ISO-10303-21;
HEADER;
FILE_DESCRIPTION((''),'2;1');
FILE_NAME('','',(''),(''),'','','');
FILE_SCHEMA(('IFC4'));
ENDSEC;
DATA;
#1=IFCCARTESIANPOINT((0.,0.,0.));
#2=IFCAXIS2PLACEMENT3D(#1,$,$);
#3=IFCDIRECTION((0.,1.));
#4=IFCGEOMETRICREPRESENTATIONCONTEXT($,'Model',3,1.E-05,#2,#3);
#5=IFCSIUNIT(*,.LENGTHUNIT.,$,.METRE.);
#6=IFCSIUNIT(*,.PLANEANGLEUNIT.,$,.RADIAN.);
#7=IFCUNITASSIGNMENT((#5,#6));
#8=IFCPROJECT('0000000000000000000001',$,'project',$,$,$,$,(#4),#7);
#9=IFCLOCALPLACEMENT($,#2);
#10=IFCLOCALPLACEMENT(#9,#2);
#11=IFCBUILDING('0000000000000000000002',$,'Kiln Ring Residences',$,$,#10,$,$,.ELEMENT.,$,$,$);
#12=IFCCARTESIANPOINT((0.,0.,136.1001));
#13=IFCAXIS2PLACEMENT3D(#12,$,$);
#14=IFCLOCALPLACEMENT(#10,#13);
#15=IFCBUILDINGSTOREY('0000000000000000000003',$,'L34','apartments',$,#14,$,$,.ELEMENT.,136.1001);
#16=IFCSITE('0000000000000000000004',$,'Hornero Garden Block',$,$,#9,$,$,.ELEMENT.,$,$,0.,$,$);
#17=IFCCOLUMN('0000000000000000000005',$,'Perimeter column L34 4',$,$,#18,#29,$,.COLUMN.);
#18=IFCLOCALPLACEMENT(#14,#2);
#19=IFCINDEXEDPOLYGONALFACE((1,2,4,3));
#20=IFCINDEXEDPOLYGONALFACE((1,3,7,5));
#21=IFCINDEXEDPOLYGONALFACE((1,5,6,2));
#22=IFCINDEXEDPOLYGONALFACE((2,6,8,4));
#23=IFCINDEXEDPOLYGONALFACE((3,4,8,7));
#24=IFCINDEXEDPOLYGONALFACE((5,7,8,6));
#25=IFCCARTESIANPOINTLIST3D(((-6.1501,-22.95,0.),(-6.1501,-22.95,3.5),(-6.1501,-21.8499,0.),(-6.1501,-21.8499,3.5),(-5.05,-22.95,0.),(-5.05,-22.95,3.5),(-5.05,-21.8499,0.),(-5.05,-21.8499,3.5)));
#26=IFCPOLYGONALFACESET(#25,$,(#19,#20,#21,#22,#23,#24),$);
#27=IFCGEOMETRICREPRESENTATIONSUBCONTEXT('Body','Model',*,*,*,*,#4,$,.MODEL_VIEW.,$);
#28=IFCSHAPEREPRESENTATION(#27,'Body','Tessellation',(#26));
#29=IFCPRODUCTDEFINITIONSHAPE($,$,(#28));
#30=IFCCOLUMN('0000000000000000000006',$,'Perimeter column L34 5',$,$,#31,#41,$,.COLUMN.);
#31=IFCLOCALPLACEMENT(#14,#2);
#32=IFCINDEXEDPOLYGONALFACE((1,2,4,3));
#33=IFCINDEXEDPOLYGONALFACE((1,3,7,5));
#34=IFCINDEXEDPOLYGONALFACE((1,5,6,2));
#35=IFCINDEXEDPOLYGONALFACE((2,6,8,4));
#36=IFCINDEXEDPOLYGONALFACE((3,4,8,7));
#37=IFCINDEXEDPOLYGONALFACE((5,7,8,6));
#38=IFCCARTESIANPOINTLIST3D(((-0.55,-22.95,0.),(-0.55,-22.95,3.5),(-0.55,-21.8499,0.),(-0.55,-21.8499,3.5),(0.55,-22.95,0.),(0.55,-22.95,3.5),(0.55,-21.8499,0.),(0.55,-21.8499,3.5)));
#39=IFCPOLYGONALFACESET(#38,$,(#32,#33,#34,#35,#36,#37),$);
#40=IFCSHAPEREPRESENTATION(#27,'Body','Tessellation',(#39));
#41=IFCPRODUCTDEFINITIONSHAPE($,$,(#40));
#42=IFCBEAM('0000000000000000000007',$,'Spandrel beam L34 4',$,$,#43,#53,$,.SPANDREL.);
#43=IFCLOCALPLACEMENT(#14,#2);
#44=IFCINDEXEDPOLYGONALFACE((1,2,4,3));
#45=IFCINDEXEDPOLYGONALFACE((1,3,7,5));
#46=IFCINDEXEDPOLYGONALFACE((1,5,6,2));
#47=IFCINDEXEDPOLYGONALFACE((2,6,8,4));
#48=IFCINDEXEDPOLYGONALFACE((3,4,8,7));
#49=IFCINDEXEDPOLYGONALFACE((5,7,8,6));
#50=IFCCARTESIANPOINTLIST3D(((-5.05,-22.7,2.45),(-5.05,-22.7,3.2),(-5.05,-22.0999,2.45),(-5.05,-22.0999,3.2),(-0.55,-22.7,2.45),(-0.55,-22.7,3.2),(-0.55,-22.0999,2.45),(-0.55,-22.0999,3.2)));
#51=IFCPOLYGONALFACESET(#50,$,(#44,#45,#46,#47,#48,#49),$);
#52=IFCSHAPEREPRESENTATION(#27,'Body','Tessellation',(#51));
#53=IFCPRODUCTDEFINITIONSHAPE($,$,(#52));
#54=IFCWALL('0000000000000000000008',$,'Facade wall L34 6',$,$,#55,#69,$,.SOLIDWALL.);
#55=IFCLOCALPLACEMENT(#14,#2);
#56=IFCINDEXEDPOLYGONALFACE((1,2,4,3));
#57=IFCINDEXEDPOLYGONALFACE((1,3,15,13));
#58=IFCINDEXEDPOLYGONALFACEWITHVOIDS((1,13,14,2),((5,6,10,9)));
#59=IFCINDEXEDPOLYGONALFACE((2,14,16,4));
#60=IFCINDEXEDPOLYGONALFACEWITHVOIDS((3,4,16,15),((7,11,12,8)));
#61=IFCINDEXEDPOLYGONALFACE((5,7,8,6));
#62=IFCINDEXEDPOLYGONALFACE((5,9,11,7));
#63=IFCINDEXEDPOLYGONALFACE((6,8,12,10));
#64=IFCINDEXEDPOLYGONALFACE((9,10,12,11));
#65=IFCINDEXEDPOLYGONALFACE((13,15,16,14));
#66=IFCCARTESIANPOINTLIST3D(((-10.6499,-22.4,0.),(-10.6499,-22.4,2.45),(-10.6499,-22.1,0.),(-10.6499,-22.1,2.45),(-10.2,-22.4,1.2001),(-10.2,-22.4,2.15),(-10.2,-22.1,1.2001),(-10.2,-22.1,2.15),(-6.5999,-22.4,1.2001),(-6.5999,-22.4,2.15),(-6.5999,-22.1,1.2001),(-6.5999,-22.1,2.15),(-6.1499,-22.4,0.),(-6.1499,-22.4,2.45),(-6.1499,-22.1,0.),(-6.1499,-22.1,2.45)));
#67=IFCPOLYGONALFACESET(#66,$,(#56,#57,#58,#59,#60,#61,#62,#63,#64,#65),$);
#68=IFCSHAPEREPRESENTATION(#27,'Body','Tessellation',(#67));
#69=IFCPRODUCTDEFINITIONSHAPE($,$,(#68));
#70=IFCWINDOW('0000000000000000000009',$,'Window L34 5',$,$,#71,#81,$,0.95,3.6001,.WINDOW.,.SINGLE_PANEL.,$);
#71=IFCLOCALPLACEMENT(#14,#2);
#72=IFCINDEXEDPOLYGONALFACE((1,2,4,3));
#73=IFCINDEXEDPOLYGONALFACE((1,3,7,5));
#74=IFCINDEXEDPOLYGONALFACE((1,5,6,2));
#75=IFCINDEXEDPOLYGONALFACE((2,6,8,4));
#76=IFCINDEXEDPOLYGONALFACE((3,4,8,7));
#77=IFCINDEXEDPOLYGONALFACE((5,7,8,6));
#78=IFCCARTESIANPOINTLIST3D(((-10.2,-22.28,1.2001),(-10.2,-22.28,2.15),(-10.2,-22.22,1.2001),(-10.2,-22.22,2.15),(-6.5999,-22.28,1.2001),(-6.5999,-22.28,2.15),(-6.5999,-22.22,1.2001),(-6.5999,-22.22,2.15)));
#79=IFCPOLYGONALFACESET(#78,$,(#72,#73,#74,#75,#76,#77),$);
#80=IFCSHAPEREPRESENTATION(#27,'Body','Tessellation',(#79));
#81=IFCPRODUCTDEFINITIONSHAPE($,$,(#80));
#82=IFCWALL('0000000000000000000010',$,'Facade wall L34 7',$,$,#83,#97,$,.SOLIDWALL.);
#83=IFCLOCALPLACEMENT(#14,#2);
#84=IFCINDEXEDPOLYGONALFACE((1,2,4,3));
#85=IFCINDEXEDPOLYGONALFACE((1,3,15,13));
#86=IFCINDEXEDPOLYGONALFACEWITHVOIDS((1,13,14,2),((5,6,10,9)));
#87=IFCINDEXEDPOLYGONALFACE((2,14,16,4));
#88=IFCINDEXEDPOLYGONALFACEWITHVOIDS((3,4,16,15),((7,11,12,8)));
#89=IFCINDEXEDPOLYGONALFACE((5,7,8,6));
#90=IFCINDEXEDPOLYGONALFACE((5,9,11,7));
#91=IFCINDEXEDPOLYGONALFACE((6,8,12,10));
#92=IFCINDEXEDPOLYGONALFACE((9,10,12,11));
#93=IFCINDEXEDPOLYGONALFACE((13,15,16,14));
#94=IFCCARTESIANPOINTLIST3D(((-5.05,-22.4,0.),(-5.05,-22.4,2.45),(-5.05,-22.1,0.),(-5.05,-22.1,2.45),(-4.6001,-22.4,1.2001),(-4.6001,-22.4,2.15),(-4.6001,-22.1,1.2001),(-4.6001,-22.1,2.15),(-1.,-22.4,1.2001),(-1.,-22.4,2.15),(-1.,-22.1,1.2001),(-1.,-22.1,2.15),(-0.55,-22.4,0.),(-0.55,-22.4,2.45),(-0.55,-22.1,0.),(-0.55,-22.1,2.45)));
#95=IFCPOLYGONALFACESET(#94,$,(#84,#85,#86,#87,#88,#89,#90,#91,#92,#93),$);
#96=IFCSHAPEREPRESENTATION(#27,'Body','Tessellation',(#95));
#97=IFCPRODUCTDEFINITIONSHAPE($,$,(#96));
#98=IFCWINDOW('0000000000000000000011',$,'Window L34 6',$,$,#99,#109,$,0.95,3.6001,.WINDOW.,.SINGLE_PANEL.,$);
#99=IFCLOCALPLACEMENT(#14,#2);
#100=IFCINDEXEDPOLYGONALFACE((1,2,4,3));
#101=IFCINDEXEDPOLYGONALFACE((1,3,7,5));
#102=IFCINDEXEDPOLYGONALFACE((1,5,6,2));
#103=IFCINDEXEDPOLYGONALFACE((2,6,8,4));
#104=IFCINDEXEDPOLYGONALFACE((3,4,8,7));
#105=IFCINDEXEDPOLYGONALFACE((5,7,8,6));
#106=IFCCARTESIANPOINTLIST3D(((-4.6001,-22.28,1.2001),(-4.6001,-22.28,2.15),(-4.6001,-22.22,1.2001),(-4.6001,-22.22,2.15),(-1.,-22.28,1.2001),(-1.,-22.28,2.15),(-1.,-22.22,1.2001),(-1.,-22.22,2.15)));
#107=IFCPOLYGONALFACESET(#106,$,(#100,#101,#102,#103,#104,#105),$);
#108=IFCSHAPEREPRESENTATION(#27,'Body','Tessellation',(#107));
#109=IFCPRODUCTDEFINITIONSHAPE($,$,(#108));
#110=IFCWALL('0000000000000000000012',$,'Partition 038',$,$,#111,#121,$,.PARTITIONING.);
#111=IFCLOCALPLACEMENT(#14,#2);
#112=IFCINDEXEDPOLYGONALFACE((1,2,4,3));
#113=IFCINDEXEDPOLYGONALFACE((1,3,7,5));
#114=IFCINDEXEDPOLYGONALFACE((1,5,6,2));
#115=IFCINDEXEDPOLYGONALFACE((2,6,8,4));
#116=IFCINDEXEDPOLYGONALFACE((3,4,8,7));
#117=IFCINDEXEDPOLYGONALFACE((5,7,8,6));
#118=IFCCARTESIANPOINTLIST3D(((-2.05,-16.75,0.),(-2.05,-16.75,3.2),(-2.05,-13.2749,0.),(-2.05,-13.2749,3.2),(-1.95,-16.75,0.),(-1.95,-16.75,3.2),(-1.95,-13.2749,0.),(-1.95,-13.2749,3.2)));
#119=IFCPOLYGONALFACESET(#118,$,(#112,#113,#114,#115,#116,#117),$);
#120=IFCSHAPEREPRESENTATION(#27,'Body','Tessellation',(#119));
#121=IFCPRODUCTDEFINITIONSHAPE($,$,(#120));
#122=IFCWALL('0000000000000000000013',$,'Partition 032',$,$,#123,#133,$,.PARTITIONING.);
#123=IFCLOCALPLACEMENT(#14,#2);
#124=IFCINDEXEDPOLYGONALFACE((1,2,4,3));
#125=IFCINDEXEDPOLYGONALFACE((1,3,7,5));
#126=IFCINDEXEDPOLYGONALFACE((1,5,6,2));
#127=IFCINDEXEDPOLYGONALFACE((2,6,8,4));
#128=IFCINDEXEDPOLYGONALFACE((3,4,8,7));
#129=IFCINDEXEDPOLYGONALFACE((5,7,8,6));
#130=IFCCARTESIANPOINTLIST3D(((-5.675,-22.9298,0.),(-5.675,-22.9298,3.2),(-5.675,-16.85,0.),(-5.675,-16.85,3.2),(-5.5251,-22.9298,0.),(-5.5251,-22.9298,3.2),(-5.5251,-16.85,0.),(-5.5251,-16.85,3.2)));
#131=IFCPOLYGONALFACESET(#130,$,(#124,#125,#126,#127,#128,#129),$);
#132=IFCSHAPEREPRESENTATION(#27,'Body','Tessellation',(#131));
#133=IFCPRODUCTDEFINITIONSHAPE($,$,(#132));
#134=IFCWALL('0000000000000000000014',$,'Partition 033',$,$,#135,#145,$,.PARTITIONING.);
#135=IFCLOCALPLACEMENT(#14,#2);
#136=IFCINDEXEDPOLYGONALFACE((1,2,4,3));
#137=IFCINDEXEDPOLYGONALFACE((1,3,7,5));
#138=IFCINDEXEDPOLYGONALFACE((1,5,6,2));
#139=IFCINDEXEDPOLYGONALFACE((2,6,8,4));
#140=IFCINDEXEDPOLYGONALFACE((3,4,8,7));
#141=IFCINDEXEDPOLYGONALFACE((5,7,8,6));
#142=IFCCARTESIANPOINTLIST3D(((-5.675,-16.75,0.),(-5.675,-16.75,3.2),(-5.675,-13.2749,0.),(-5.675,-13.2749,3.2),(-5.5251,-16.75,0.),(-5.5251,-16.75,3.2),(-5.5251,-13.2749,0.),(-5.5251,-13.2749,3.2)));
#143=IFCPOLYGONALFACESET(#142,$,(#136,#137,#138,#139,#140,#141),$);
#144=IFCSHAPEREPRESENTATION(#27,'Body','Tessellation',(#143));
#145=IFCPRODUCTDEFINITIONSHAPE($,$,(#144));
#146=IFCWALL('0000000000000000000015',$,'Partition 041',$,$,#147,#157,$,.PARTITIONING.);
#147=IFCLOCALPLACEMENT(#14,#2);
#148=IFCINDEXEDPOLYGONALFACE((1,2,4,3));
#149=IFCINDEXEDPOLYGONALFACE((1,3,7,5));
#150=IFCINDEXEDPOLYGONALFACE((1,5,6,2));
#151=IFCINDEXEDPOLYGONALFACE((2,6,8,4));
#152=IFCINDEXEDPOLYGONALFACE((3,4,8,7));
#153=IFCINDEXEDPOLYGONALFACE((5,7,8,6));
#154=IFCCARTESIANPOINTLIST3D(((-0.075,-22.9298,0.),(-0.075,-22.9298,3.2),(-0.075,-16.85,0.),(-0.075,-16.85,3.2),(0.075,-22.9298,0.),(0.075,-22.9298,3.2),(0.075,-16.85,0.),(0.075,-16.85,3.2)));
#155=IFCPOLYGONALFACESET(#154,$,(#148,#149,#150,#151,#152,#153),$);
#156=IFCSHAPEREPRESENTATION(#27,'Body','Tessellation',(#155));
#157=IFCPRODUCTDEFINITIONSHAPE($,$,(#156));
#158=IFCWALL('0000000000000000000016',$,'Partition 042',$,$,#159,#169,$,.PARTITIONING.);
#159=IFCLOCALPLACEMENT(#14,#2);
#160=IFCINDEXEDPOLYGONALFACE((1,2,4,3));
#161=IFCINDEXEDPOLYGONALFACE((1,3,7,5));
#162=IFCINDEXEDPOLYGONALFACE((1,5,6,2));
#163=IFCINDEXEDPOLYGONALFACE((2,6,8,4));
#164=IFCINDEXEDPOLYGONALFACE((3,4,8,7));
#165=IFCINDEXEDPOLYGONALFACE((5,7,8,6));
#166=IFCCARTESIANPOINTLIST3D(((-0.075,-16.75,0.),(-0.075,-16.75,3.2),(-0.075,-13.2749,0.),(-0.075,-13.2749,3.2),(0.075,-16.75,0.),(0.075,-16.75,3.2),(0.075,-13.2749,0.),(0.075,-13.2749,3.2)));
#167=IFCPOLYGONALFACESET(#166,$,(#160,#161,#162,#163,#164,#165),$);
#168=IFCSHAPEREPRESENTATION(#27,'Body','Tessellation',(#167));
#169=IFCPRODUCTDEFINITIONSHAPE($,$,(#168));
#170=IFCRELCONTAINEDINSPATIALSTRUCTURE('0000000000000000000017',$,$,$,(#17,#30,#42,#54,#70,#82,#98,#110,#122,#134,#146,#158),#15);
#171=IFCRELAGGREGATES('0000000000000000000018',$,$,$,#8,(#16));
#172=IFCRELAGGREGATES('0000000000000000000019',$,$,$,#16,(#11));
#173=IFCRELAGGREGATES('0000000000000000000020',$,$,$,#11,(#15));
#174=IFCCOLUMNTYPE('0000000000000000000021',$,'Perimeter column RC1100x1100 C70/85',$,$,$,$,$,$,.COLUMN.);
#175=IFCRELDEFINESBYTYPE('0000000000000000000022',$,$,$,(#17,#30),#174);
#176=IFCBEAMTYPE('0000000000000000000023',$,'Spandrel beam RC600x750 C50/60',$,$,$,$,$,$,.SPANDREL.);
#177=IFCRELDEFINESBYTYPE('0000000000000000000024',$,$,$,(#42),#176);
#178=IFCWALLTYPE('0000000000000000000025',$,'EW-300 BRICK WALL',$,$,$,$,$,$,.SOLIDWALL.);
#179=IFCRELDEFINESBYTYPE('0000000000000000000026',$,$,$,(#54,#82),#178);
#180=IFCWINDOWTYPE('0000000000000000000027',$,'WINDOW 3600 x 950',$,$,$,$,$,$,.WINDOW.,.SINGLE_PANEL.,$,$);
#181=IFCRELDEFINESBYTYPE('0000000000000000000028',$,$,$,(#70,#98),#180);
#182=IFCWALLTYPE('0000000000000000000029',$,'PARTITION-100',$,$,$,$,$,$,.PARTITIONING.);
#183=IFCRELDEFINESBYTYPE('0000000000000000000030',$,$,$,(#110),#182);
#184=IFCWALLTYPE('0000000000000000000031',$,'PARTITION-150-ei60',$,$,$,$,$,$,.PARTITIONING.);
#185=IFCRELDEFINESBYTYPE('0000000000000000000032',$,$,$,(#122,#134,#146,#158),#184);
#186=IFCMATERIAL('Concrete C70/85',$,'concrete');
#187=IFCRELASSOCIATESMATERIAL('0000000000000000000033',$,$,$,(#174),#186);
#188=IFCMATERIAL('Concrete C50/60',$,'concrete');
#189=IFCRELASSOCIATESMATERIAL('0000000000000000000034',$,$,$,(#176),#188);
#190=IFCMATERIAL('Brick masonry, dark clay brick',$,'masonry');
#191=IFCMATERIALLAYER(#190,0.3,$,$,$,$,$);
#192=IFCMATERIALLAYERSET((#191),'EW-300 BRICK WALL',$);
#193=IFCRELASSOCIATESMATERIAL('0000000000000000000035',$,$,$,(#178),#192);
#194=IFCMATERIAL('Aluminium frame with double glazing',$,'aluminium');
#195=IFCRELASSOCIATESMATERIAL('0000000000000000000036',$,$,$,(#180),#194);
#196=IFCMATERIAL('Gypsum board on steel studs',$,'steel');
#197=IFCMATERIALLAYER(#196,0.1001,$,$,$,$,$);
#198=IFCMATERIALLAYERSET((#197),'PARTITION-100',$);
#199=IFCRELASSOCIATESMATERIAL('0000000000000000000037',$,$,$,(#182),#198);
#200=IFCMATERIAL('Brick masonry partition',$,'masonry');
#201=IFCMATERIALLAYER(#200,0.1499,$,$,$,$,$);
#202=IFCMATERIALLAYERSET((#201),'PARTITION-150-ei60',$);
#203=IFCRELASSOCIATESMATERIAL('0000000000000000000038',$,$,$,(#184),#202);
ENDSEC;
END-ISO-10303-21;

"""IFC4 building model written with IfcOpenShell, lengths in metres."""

from ifc_helpers import new_model, si_unit, direction, frame, frame_2d, origin, origin_2d, place, context, subcontext, project, spatial, rectangle, extrude, material, layer, layer_set, material_profile, profile_set, type_object, element, fill, save


model = new_model("IFC4")

# Units and contexts
model_context = context("Model", 3, precision=1e-05, world=origin(), true_north=direction((0.0, 1.0)))
body_context = subcontext(model_context, "Body", "Model", "MODEL_VIEW")
ifc_project = project(units=[si_unit("LENGTHUNIT", "METRE"), si_unit("PLANEANGLEUNIT", "RADIAN")], contexts=[model_context])

# Site, building, storey
site_placement = place(None, origin())
site = spatial("IfcSite", under=ifc_project, at=site_placement, Name="Hornero Garden Block", CompositionType="ELEMENT", RefElevation=0.0)
building_placement = place(site_placement, origin())
building = spatial("IfcBuilding", under=site, at=building_placement, Name="Kiln Ring Residences", CompositionType="ELEMENT")
storey_placement = place(building_placement, frame((0.0, 0.0, 136.1001)))
storey = spatial("IfcBuildingStorey", under=building, at=storey_placement, Name="L34", Description="apartments", CompositionType="ELEMENT", Elevation=136.1001)

# Columns
ifc_material_1 = material(Name="Concrete C70/85", Category="concrete")
ifc_material_profile_1 = material_profile(ifc_material_1, rectangle(XDim=1.1001, YDim=1.1001, at=origin_2d()), Name="RC1100x1100")
ifc_profile_set_1 = profile_set([ifc_material_profile_1], Name="Concrete C70/85")
column_type = type_object("IfcColumnType", Name="Perimeter column RC1100x1100 C70/85", PredefinedType="COLUMN", material=ifc_profile_set_1)
for number, where, z_axis, x_axis, name in (
    (1, (-5.6001, -22.3999, 0.0), (0.0, 0.0, 1.0), (1.0, 0.0, 0.0), "Perimeter column L34 4"),
    (2, (0.0, -22.3999, 0.0), (0.0, 0.0, 1.0), (1.0, 0.0, 0.0), "Perimeter column L34 5"),
):
    element("IfcColumn", number, at=place(storey_placement, frame(where, z_axis=z_axis, x_axis=x_axis)), inside=storey, type_object=column_type, Name=name, PredefinedType="COLUMN", context=body_context, shape_type="SweptSolid", body=[
        extrude(rectangle(XDim=1.1001, YDim=1.1001, at=origin_2d()), origin(), (0.0, 0.0, 1.0), 3.5),
    ])

# Beam
ifc_material_2 = material(Name="Concrete C50/60", Category="concrete")
ifc_material_profile_2 = material_profile(ifc_material_2, rectangle(XDim=0.6001, YDim=0.75, at=origin_2d()), Name="RC600x750")
ifc_profile_set_2 = profile_set([ifc_material_profile_2], Name="Concrete C50/60")
beam_type = type_object("IfcBeamType", Name="Spandrel beam RC600x750 C50/60", PredefinedType="SPANDREL", material=ifc_profile_set_2)
beam_placement = place(storey_placement, frame((-5.05, -22.3999, 2.825), z_axis=(1.0, 0.0, 0.0), x_axis=(0.0, 1.0, 0.0)))
element("IfcBeam", 3, at=beam_placement, inside=storey, type_object=beam_type, Name="Spandrel beam L34 4", PredefinedType="SPANDREL", context=body_context, shape_type="SweptSolid", body=[
    extrude(rectangle(XDim=0.6001, YDim=0.75, at=origin_2d()), origin(), (0.0, 0.0, 1.0), 4.5),
])

# Walls, openings, windows
ifc_material_3 = material(Name="Brick masonry, dark clay brick", Category="masonry")
ifc_layer_1 = layer(ifc_material_3, 0.3)
ifc_layer_set_1 = layer_set([ifc_layer_1], Name="EW-300 BRICK WALL")
wall_type_1 = type_object("IfcWallType", Name="EW-300 BRICK WALL", PredefinedType="SOLIDWALL", material=ifc_layer_set_1)
wall_1_placement = place(storey_placement, frame((-10.6499, -22.25, 0.0), z_axis=(0.0, 0.0, 1.0), x_axis=(1.0, 0.0, 0.0)))
wall_1 = element("IfcWall", 4, at=wall_1_placement, inside=storey, type_object=wall_type_1, Name="Facade wall L34 6", PredefinedType="SOLIDWALL", context=body_context, shape_type="SweptSolid", body=[
    extrude(rectangle(XDim=4.5, YDim=0.3, at=frame_2d((2.25, 0.0))), origin(), (0.0, 0.0, 1.0), 2.45),
])
opening_1_placement = place(wall_1_placement, frame((0.45, 0.0, 1.2)))
opening_1 = element("IfcOpeningElement", 5, at=opening_1_placement, cuts=wall_1, PredefinedType="OPENING", context=body_context, shape_type="SweptSolid", body=[
    extrude(rectangle(XDim=3.6001, YDim=0.95, at=frame_2d((1.8, 0.4751))), frame((0.0, 0.1599, 0.0), z_axis=(0.0, -1.0, 0.0), x_axis=(1.0, 0.0, 0.0)), (0.0, 0.0, 1.0), 0.3201),
])
ifc_material_4 = material(Name="Aluminium frame with double glazing", Category="aluminium")
window_type = type_object("IfcWindowType", Name="WINDOW 3600 x 950", PartitioningType="SINGLE_PANEL", PredefinedType="WINDOW", material=ifc_material_4)
window_1_placement = place(opening_1_placement, origin())
window_1 = element("IfcWindow", 6, at=window_1_placement, inside=storey, type_object=window_type, Name="Window L34 5", OverallHeight=0.95, OverallWidth=3.6001, PartitioningType="SINGLE_PANEL", PredefinedType="WINDOW", context=body_context, shape_type="SweptSolid", body=[
    extrude(rectangle(XDim=3.6001, YDim=0.95, at=frame_2d((1.8, 0.4751))), frame((0.0, 0.03, 0.0), z_axis=(0.0, -1.0, 0.0), x_axis=(1.0, 0.0, 0.0)), (0.0, 0.0, 1.0), 0.0601),
])
fill(opening_1, window_1)
wall_2_placement = place(storey_placement, frame((-5.05, -22.25, 0.0), z_axis=(0.0, 0.0, 1.0), x_axis=(1.0, 0.0, 0.0)))
wall_2 = element("IfcWall", 7, at=wall_2_placement, inside=storey, type_object=wall_type_1, Name="Facade wall L34 7", PredefinedType="SOLIDWALL", context=body_context, shape_type="SweptSolid", body=[
    extrude(rectangle(XDim=4.5, YDim=0.3, at=frame_2d((2.25, 0.0))), origin(), (0.0, 0.0, 1.0), 2.45),
])
opening_2_placement = place(wall_2_placement, frame((0.45, 0.0, 1.2)))
opening_2 = element("IfcOpeningElement", 8, at=opening_2_placement, cuts=wall_2, PredefinedType="OPENING", context=body_context, shape_type="SweptSolid", body=[
    extrude(rectangle(XDim=3.6001, YDim=0.95, at=frame_2d((1.8, 0.4751))), frame((0.0, 0.1599, 0.0), z_axis=(0.0, -1.0, 0.0), x_axis=(1.0, 0.0, 0.0)), (0.0, 0.0, 1.0), 0.3201),
])
window_2_placement = place(opening_2_placement, origin())
window_2 = element("IfcWindow", 9, at=window_2_placement, inside=storey, type_object=window_type, Name="Window L34 6", OverallHeight=0.95, OverallWidth=3.6001, PartitioningType="SINGLE_PANEL", PredefinedType="WINDOW", context=body_context, shape_type="SweptSolid", body=[
    extrude(rectangle(XDim=3.6001, YDim=0.95, at=frame_2d((1.8, 0.4751))), frame((0.0, 0.03, 0.0), z_axis=(0.0, -1.0, 0.0), x_axis=(1.0, 0.0, 0.0)), (0.0, 0.0, 1.0), 0.0601),
])
fill(opening_2, window_2)

# Walls
ifc_material_5 = material(Name="Gypsum board on steel studs", Category="steel")
ifc_layer_2 = layer(ifc_material_5, 0.1001)
ifc_layer_set_2 = layer_set([ifc_layer_2], Name="PARTITION-100")
wall_type_2 = type_object("IfcWallType", Name="PARTITION-100", PredefinedType="PARTITIONING", material=ifc_layer_set_2)
wall_3_placement = place(storey_placement, frame((-2.0, -16.75, 0.0), z_axis=(0.0, 0.0, 1.0), x_axis=(0.0, 1.0, 0.0)))
element("IfcWall", 10, at=wall_3_placement, inside=storey, type_object=wall_type_2, Name="Partition 038", PredefinedType="PARTITIONING", context=body_context, shape_type="SweptSolid", body=[
    extrude(rectangle(XDim=3.4751, YDim=0.1001, at=frame_2d((1.7375, 0.0))), origin(), (0.0, 0.0, 1.0), 3.2),
])
ifc_material_6 = material(Name="Brick masonry partition", Category="masonry")
ifc_layer_3 = layer(ifc_material_6, 0.1499)
ifc_layer_set_3 = layer_set([ifc_layer_3], Name="PARTITION-150-ei60")
wall_type_3 = type_object("IfcWallType", Name="PARTITION-150-ei60", PredefinedType="PARTITIONING", material=ifc_layer_set_3)
wall_4_placement = place(storey_placement, frame((-5.6001, -22.9299, 0.0), z_axis=(0.0, 0.0, 1.0), x_axis=(0.0, 1.0, 0.0)))
element("IfcWall", 11, at=wall_4_placement, inside=storey, type_object=wall_type_3, Name="Partition 032", PredefinedType="PARTITIONING", context=body_context, shape_type="SweptSolid", body=[
    extrude(rectangle(XDim=6.0798, YDim=0.1499, at=frame_2d((3.04, 0.0))), origin(), (0.0, 0.0, 1.0), 3.2),
])
wall_5_placement = place(storey_placement, frame((-5.6001, -16.75, 0.0), z_axis=(0.0, 0.0, 1.0), x_axis=(0.0, 1.0, 0.0)))
element("IfcWall", 12, at=wall_5_placement, inside=storey, type_object=wall_type_3, Name="Partition 033", PredefinedType="PARTITIONING", context=body_context, shape_type="SweptSolid", body=[
    extrude(rectangle(XDim=3.4751, YDim=0.1499, at=frame_2d((1.7375, 0.0))), origin(), (0.0, 0.0, 1.0), 3.2),
])
wall_6_placement = place(storey_placement, frame((0.0, -22.9299, 0.0), z_axis=(0.0, 0.0, 1.0), x_axis=(0.0, 1.0, 0.0)))
element("IfcWall", 13, at=wall_6_placement, inside=storey, type_object=wall_type_3, Name="Partition 041", PredefinedType="PARTITIONING", context=body_context, shape_type="SweptSolid", body=[
    extrude(rectangle(XDim=6.0798, YDim=0.1499, at=frame_2d((3.04, 0.0))), origin(), (0.0, 0.0, 1.0), 3.2),
])
wall_7_placement = place(storey_placement, frame((0.0, -16.75, 0.0), z_axis=(0.0, 0.0, 1.0), x_axis=(0.0, 1.0, 0.0)))
element("IfcWall", 14, at=wall_7_placement, inside=storey, type_object=wall_type_3, Name="Partition 042", PredefinedType="PARTITIONING", context=body_context, shape_type="SweptSolid", body=[
    extrude(rectangle(XDim=3.4751, YDim=0.1499, at=frame_2d((1.7375, 0.0))), origin(), (0.0, 0.0, 1.0), 3.2),
])

save(model, "model.ifc")
